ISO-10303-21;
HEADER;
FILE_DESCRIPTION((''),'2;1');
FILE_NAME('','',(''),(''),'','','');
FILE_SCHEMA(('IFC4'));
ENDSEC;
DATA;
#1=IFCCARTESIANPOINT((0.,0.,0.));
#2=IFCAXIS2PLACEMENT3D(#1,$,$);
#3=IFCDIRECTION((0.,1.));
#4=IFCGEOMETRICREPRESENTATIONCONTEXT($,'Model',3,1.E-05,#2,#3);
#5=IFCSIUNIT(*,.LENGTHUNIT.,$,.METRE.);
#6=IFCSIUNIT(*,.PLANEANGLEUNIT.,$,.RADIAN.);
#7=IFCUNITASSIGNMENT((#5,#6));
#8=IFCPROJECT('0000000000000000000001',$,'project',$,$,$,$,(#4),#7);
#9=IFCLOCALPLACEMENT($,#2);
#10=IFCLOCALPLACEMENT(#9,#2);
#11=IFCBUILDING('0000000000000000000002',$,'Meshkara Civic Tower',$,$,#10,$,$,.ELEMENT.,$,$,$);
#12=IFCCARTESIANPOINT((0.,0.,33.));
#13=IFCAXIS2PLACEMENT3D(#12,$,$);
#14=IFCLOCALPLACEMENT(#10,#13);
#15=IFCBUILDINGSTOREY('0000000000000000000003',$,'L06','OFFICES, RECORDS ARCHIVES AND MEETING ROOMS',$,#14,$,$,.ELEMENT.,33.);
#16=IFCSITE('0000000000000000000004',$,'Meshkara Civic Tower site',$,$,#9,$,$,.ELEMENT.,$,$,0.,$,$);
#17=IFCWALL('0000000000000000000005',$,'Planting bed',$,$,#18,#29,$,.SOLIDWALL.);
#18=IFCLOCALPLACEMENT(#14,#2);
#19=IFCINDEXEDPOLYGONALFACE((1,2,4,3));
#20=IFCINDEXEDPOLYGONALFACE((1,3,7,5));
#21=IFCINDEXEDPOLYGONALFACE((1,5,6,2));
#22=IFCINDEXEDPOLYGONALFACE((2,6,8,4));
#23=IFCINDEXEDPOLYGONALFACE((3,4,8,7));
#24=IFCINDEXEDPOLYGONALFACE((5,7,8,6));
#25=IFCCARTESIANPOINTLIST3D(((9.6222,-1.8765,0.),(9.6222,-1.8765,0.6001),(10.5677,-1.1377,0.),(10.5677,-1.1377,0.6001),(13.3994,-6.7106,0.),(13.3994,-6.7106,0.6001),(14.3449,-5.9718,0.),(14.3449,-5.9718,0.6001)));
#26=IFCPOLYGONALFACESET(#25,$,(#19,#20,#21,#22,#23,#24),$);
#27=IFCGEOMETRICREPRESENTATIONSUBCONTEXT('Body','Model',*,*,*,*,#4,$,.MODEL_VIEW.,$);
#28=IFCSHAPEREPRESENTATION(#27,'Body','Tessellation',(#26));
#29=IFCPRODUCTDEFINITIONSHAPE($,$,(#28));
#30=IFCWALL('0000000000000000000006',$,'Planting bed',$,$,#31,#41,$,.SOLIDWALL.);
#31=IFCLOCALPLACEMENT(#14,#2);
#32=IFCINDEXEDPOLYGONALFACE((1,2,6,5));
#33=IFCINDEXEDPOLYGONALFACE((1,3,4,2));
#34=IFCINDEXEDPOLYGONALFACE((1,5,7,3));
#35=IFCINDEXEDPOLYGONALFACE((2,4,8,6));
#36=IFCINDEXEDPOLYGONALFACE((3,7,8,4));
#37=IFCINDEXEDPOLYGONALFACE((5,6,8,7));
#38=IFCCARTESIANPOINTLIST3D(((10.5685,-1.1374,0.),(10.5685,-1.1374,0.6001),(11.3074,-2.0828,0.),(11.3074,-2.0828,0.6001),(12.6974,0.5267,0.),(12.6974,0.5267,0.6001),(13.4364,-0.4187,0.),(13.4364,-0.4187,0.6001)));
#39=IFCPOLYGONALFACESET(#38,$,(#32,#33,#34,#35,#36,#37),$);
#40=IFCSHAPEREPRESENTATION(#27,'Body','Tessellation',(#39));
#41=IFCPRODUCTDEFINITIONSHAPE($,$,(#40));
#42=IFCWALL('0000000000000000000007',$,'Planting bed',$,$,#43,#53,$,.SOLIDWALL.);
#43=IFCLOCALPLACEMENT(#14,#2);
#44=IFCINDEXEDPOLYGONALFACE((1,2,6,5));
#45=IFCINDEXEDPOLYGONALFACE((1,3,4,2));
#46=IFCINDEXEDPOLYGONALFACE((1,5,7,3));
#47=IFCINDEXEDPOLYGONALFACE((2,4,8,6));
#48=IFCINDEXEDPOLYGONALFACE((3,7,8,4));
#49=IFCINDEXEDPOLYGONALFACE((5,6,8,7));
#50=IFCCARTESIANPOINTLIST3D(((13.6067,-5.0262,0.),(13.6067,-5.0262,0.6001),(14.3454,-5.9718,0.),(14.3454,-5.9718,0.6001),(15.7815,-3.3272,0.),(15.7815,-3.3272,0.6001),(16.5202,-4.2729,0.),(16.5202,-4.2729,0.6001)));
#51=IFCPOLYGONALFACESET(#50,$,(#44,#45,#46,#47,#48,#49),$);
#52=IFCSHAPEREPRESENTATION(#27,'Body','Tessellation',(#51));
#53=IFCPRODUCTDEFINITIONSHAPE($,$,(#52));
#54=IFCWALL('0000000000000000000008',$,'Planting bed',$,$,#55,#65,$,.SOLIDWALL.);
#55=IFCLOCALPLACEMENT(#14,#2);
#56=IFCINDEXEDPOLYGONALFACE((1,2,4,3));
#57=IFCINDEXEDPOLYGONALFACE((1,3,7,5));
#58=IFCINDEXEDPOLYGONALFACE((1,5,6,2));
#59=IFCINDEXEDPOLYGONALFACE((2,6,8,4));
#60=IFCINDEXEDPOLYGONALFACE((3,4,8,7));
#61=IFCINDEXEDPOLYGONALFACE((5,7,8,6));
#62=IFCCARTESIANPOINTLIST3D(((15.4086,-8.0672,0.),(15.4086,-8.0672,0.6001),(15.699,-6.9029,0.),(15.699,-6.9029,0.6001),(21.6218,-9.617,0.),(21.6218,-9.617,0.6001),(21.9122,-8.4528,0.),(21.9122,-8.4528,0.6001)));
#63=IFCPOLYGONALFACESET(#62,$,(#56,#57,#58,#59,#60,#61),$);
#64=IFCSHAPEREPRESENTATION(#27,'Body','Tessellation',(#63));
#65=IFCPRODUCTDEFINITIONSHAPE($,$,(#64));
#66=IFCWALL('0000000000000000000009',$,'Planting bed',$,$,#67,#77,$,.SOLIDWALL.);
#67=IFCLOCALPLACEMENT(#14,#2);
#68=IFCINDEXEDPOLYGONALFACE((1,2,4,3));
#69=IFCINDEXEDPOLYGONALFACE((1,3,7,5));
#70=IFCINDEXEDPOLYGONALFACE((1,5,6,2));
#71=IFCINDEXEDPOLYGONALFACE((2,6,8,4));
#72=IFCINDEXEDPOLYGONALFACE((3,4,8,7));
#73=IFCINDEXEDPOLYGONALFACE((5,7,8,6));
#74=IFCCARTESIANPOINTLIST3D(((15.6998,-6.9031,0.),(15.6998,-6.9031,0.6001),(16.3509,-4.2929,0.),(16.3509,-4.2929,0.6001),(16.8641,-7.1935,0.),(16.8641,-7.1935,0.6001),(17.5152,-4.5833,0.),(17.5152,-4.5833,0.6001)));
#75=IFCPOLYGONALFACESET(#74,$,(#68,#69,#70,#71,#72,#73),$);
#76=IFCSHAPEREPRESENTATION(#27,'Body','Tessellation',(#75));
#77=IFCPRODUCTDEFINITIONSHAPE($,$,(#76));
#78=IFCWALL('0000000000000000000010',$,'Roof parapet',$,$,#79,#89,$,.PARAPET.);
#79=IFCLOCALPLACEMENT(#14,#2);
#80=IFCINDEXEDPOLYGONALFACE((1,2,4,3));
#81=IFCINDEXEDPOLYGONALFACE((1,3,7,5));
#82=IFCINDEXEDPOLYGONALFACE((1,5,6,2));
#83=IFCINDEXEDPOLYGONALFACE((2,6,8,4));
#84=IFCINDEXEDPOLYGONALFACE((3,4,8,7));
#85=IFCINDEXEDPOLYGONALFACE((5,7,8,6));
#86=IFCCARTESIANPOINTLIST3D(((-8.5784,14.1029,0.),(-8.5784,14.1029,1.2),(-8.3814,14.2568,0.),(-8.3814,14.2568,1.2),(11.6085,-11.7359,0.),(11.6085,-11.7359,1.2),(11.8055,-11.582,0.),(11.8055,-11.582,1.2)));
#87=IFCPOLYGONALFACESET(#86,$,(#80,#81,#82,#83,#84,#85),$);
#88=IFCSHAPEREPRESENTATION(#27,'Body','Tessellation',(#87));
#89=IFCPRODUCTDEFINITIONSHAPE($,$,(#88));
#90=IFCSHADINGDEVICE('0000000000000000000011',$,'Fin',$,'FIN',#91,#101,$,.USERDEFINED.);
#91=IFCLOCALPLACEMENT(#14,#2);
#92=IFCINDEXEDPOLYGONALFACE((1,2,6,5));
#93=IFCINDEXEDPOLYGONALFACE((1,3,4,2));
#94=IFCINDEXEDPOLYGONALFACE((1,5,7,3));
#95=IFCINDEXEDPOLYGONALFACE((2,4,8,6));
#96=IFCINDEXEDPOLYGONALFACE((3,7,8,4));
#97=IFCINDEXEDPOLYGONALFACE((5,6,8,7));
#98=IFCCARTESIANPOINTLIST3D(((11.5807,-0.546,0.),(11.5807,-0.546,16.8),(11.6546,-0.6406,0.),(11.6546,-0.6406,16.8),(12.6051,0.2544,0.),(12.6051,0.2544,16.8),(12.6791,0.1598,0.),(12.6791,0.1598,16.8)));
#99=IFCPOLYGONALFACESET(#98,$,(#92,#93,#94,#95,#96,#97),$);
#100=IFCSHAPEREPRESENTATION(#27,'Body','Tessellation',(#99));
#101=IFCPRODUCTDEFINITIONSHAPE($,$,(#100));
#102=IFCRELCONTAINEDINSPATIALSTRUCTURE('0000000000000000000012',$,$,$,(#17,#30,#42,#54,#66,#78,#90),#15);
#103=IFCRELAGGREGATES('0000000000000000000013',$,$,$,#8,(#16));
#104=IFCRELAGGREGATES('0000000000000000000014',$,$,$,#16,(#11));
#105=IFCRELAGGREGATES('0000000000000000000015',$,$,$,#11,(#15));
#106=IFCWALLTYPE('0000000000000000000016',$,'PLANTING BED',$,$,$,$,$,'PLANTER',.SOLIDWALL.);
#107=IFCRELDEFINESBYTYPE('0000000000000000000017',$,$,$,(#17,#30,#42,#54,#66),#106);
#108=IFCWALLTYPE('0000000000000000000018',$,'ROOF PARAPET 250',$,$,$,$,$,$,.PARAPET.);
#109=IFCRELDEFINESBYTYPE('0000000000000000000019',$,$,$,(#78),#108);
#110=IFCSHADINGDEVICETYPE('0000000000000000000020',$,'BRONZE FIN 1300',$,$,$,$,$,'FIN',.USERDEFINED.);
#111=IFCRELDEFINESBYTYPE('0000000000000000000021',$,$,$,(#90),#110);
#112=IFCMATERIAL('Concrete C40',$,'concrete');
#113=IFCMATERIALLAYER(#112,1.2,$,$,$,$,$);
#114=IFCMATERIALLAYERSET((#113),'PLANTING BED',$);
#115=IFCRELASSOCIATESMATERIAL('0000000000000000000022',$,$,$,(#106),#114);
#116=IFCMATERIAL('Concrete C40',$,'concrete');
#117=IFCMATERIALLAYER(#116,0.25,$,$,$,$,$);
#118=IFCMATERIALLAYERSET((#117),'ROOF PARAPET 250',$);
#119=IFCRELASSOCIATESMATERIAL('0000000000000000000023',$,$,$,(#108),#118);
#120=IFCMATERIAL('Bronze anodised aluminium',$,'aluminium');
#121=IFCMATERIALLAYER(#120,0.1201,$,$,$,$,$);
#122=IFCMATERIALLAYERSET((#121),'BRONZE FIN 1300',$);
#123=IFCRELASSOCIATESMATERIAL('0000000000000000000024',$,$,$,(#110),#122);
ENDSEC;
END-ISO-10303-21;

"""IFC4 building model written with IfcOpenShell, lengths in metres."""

from ifc_helpers import new_model, si_unit, direction, frame, frame_2d, origin, origin_2d, place, context, subcontext, project, spatial, rectangle, extrude, material, layer, layer_set, type_object, element, save


model = new_model("IFC4")

# Units and contexts
model_context = context("Model", 3, precision=1e-05, world=origin(), true_north=direction((0.0, 1.0)))
body_context = subcontext(model_context, "Body", "Model", "MODEL_VIEW")
ifc_project = project(units=[si_unit("LENGTHUNIT", "METRE"), si_unit("PLANEANGLEUNIT", "RADIAN")], contexts=[model_context])

# Site, building, storey
site_placement = place(None, origin())
site = spatial("IfcSite", under=ifc_project, at=site_placement, Name="Meshkara Civic Tower site", CompositionType="ELEMENT", RefElevation=0.0)
building_placement = place(site_placement, origin())
building = spatial("IfcBuilding", under=site, at=building_placement, Name="Meshkara Civic Tower", CompositionType="ELEMENT")
storey_placement = place(building_placement, frame((0.0, 0.0, 33.0)))
storey = spatial("IfcBuildingStorey", under=building, at=storey_placement, Name="L06", Description="OFFICES, RECORDS ARCHIVES AND MEETING ROOMS", CompositionType="ELEMENT", Elevation=33.0)

# Walls
ifc_material_1 = material(Name="Concrete C40", Category="concrete")
ifc_layer_1 = layer(ifc_material_1, 1.2)
ifc_layer_set_1 = layer_set([ifc_layer_1], Name="PLANTING BED")
wall_type_1 = type_object("IfcWallType", Name="PLANTING BED", ElementType="PLANTER", PredefinedType="SOLIDWALL", material=ifc_layer_set_1)
wall_1_placement = place(storey_placement, frame((10.095, -1.5071, 0.0), z_axis=(0.0, 0.0, 1.0), x_axis=(0.6157, -0.787981, 0.0)))
element("IfcWall", 1, at=wall_1_placement, inside=storey, type_object=wall_type_1, Name="Planting bed", PredefinedType="SOLIDWALL", context=body_context, shape_type="SweptSolid", body=[
    extrude(rectangle(XDim=6.1348, YDim=1.2, at=frame_2d((3.0674, 0.0))), origin(), (0.0, 0.0, 1.0), 0.6001),
])
wall_2_placement = place(storey_placement, frame((13.0669, 0.054, 0.0), z_axis=(0.0, 0.0, 1.0), x_axis=(-0.787871, -0.61584, 0.0)))
element("IfcWall", 2, at=wall_2_placement, inside=storey, type_object=wall_type_1, Name="Planting bed", PredefinedType="SOLIDWALL", context=body_context, shape_type="SweptSolid", body=[
    extrude(rectangle(XDim=2.7021, YDim=1.2, at=frame_2d((1.3511, 0.0))), origin(), (0.0, 0.0, 1.0), 0.6001),
])
wall_3_placement = place(storey_placement, frame((16.1509, -3.8, 0.0), z_axis=(0.0, 0.0, 1.0), x_axis=(-0.78804, -0.615623, 0.0)))
element("IfcWall", 3, at=wall_3_placement, inside=storey, type_object=wall_type_1, Name="Planting bed", PredefinedType="SOLIDWALL", context=body_context, shape_type="SweptSolid", body=[
    extrude(rectangle(XDim=2.7598, YDim=1.2, at=frame_2d((1.3799, 0.0))), origin(), (0.0, 0.0, 1.0), 0.6001),
])
wall_4_placement = place(storey_placement, frame((15.554, -7.4851, 0.0), z_axis=(0.0, 0.0, 1.0), x_axis=(0.97027, -0.242024, 0.0)))
element("IfcWall", 4, at=wall_4_placement, inside=storey, type_object=wall_type_1, Name="Planting bed", PredefinedType="SOLIDWALL", context=body_context, shape_type="SweptSolid", body=[
    extrude(rectangle(XDim=6.4036, YDim=1.2, at=frame_2d((3.2017, 0.0))), origin(), (0.0, 0.0, 1.0), 0.6001),
])
wall_5_placement = place(storey_placement, frame((16.9331, -4.438, 0.0), z_axis=(0.0, 0.0, 1.0), x_axis=(-0.242044, -0.970265, 0.0)))
element("IfcWall", 5, at=wall_5_placement, inside=storey, type_object=wall_type_1, Name="Planting bed", PredefinedType="SOLIDWALL", context=body_context, shape_type="SweptSolid", body=[
    extrude(rectangle(XDim=2.6902, YDim=1.2, at=frame_2d((1.3452, 0.0))), origin(), (0.0, 0.0, 1.0), 0.6001),
])
ifc_material_2 = material(Name="Concrete C40", Category="concrete")
ifc_layer_2 = layer(ifc_material_2, 0.25)
ifc_layer_set_2 = layer_set([ifc_layer_2], Name="ROOF PARAPET 250")
wall_type_2 = type_object("IfcWallType", Name="ROOF PARAPET 250", PredefinedType="PARAPET", material=ifc_layer_set_2)
wall_6_placement = place(storey_placement, frame((11.707, -11.6589, 0.0), z_axis=(0.0, 0.0, 1.0), x_axis=(-0.615652, 0.788019, 0.0)))
element("IfcWall", 6, at=wall_6_placement, inside=storey, type_object=wall_type_2, Name="Roof parapet", PredefinedType="PARAPET", context=body_context, shape_type="SweptSolid", body=[
    extrude(rectangle(XDim=32.7896, YDim=0.25, at=frame_2d((16.3948, 0.0))), origin(), (0.0, 0.0, 1.0), 1.2),
])

# Shading device
ifc_material_3 = material(Name="Bronze anodised aluminium", Category="aluminium")
ifc_layer_3 = layer(ifc_material_3, 0.1201)
ifc_layer_set_3 = layer_set([ifc_layer_3], Name="BRONZE FIN 1300")
shading_device_type = type_object("IfcShadingDeviceType", Name="BRONZE FIN 1300", ElementType="FIN", PredefinedType="USERDEFINED", material=ifc_layer_set_3)
shading_device_placement = place(storey_placement, frame((12.1299, -0.1931, 0.0), z_axis=(0.0, 0.0, 1.0), x_axis=(0.615661, -0.788011, 0.0)))
element("IfcShadingDevice", 7, at=shading_device_placement, inside=storey, type_object=shading_device_type, Name="Fin", ObjectType="FIN", PredefinedType="USERDEFINED", context=body_context, shape_type="SweptSolid", body=[
    extrude(rectangle(XDim=0.1201, YDim=1.3, at=origin_2d()), origin(), (0.0, 0.0, 1.0), 16.8),
])

save(model, "model.ifc")
